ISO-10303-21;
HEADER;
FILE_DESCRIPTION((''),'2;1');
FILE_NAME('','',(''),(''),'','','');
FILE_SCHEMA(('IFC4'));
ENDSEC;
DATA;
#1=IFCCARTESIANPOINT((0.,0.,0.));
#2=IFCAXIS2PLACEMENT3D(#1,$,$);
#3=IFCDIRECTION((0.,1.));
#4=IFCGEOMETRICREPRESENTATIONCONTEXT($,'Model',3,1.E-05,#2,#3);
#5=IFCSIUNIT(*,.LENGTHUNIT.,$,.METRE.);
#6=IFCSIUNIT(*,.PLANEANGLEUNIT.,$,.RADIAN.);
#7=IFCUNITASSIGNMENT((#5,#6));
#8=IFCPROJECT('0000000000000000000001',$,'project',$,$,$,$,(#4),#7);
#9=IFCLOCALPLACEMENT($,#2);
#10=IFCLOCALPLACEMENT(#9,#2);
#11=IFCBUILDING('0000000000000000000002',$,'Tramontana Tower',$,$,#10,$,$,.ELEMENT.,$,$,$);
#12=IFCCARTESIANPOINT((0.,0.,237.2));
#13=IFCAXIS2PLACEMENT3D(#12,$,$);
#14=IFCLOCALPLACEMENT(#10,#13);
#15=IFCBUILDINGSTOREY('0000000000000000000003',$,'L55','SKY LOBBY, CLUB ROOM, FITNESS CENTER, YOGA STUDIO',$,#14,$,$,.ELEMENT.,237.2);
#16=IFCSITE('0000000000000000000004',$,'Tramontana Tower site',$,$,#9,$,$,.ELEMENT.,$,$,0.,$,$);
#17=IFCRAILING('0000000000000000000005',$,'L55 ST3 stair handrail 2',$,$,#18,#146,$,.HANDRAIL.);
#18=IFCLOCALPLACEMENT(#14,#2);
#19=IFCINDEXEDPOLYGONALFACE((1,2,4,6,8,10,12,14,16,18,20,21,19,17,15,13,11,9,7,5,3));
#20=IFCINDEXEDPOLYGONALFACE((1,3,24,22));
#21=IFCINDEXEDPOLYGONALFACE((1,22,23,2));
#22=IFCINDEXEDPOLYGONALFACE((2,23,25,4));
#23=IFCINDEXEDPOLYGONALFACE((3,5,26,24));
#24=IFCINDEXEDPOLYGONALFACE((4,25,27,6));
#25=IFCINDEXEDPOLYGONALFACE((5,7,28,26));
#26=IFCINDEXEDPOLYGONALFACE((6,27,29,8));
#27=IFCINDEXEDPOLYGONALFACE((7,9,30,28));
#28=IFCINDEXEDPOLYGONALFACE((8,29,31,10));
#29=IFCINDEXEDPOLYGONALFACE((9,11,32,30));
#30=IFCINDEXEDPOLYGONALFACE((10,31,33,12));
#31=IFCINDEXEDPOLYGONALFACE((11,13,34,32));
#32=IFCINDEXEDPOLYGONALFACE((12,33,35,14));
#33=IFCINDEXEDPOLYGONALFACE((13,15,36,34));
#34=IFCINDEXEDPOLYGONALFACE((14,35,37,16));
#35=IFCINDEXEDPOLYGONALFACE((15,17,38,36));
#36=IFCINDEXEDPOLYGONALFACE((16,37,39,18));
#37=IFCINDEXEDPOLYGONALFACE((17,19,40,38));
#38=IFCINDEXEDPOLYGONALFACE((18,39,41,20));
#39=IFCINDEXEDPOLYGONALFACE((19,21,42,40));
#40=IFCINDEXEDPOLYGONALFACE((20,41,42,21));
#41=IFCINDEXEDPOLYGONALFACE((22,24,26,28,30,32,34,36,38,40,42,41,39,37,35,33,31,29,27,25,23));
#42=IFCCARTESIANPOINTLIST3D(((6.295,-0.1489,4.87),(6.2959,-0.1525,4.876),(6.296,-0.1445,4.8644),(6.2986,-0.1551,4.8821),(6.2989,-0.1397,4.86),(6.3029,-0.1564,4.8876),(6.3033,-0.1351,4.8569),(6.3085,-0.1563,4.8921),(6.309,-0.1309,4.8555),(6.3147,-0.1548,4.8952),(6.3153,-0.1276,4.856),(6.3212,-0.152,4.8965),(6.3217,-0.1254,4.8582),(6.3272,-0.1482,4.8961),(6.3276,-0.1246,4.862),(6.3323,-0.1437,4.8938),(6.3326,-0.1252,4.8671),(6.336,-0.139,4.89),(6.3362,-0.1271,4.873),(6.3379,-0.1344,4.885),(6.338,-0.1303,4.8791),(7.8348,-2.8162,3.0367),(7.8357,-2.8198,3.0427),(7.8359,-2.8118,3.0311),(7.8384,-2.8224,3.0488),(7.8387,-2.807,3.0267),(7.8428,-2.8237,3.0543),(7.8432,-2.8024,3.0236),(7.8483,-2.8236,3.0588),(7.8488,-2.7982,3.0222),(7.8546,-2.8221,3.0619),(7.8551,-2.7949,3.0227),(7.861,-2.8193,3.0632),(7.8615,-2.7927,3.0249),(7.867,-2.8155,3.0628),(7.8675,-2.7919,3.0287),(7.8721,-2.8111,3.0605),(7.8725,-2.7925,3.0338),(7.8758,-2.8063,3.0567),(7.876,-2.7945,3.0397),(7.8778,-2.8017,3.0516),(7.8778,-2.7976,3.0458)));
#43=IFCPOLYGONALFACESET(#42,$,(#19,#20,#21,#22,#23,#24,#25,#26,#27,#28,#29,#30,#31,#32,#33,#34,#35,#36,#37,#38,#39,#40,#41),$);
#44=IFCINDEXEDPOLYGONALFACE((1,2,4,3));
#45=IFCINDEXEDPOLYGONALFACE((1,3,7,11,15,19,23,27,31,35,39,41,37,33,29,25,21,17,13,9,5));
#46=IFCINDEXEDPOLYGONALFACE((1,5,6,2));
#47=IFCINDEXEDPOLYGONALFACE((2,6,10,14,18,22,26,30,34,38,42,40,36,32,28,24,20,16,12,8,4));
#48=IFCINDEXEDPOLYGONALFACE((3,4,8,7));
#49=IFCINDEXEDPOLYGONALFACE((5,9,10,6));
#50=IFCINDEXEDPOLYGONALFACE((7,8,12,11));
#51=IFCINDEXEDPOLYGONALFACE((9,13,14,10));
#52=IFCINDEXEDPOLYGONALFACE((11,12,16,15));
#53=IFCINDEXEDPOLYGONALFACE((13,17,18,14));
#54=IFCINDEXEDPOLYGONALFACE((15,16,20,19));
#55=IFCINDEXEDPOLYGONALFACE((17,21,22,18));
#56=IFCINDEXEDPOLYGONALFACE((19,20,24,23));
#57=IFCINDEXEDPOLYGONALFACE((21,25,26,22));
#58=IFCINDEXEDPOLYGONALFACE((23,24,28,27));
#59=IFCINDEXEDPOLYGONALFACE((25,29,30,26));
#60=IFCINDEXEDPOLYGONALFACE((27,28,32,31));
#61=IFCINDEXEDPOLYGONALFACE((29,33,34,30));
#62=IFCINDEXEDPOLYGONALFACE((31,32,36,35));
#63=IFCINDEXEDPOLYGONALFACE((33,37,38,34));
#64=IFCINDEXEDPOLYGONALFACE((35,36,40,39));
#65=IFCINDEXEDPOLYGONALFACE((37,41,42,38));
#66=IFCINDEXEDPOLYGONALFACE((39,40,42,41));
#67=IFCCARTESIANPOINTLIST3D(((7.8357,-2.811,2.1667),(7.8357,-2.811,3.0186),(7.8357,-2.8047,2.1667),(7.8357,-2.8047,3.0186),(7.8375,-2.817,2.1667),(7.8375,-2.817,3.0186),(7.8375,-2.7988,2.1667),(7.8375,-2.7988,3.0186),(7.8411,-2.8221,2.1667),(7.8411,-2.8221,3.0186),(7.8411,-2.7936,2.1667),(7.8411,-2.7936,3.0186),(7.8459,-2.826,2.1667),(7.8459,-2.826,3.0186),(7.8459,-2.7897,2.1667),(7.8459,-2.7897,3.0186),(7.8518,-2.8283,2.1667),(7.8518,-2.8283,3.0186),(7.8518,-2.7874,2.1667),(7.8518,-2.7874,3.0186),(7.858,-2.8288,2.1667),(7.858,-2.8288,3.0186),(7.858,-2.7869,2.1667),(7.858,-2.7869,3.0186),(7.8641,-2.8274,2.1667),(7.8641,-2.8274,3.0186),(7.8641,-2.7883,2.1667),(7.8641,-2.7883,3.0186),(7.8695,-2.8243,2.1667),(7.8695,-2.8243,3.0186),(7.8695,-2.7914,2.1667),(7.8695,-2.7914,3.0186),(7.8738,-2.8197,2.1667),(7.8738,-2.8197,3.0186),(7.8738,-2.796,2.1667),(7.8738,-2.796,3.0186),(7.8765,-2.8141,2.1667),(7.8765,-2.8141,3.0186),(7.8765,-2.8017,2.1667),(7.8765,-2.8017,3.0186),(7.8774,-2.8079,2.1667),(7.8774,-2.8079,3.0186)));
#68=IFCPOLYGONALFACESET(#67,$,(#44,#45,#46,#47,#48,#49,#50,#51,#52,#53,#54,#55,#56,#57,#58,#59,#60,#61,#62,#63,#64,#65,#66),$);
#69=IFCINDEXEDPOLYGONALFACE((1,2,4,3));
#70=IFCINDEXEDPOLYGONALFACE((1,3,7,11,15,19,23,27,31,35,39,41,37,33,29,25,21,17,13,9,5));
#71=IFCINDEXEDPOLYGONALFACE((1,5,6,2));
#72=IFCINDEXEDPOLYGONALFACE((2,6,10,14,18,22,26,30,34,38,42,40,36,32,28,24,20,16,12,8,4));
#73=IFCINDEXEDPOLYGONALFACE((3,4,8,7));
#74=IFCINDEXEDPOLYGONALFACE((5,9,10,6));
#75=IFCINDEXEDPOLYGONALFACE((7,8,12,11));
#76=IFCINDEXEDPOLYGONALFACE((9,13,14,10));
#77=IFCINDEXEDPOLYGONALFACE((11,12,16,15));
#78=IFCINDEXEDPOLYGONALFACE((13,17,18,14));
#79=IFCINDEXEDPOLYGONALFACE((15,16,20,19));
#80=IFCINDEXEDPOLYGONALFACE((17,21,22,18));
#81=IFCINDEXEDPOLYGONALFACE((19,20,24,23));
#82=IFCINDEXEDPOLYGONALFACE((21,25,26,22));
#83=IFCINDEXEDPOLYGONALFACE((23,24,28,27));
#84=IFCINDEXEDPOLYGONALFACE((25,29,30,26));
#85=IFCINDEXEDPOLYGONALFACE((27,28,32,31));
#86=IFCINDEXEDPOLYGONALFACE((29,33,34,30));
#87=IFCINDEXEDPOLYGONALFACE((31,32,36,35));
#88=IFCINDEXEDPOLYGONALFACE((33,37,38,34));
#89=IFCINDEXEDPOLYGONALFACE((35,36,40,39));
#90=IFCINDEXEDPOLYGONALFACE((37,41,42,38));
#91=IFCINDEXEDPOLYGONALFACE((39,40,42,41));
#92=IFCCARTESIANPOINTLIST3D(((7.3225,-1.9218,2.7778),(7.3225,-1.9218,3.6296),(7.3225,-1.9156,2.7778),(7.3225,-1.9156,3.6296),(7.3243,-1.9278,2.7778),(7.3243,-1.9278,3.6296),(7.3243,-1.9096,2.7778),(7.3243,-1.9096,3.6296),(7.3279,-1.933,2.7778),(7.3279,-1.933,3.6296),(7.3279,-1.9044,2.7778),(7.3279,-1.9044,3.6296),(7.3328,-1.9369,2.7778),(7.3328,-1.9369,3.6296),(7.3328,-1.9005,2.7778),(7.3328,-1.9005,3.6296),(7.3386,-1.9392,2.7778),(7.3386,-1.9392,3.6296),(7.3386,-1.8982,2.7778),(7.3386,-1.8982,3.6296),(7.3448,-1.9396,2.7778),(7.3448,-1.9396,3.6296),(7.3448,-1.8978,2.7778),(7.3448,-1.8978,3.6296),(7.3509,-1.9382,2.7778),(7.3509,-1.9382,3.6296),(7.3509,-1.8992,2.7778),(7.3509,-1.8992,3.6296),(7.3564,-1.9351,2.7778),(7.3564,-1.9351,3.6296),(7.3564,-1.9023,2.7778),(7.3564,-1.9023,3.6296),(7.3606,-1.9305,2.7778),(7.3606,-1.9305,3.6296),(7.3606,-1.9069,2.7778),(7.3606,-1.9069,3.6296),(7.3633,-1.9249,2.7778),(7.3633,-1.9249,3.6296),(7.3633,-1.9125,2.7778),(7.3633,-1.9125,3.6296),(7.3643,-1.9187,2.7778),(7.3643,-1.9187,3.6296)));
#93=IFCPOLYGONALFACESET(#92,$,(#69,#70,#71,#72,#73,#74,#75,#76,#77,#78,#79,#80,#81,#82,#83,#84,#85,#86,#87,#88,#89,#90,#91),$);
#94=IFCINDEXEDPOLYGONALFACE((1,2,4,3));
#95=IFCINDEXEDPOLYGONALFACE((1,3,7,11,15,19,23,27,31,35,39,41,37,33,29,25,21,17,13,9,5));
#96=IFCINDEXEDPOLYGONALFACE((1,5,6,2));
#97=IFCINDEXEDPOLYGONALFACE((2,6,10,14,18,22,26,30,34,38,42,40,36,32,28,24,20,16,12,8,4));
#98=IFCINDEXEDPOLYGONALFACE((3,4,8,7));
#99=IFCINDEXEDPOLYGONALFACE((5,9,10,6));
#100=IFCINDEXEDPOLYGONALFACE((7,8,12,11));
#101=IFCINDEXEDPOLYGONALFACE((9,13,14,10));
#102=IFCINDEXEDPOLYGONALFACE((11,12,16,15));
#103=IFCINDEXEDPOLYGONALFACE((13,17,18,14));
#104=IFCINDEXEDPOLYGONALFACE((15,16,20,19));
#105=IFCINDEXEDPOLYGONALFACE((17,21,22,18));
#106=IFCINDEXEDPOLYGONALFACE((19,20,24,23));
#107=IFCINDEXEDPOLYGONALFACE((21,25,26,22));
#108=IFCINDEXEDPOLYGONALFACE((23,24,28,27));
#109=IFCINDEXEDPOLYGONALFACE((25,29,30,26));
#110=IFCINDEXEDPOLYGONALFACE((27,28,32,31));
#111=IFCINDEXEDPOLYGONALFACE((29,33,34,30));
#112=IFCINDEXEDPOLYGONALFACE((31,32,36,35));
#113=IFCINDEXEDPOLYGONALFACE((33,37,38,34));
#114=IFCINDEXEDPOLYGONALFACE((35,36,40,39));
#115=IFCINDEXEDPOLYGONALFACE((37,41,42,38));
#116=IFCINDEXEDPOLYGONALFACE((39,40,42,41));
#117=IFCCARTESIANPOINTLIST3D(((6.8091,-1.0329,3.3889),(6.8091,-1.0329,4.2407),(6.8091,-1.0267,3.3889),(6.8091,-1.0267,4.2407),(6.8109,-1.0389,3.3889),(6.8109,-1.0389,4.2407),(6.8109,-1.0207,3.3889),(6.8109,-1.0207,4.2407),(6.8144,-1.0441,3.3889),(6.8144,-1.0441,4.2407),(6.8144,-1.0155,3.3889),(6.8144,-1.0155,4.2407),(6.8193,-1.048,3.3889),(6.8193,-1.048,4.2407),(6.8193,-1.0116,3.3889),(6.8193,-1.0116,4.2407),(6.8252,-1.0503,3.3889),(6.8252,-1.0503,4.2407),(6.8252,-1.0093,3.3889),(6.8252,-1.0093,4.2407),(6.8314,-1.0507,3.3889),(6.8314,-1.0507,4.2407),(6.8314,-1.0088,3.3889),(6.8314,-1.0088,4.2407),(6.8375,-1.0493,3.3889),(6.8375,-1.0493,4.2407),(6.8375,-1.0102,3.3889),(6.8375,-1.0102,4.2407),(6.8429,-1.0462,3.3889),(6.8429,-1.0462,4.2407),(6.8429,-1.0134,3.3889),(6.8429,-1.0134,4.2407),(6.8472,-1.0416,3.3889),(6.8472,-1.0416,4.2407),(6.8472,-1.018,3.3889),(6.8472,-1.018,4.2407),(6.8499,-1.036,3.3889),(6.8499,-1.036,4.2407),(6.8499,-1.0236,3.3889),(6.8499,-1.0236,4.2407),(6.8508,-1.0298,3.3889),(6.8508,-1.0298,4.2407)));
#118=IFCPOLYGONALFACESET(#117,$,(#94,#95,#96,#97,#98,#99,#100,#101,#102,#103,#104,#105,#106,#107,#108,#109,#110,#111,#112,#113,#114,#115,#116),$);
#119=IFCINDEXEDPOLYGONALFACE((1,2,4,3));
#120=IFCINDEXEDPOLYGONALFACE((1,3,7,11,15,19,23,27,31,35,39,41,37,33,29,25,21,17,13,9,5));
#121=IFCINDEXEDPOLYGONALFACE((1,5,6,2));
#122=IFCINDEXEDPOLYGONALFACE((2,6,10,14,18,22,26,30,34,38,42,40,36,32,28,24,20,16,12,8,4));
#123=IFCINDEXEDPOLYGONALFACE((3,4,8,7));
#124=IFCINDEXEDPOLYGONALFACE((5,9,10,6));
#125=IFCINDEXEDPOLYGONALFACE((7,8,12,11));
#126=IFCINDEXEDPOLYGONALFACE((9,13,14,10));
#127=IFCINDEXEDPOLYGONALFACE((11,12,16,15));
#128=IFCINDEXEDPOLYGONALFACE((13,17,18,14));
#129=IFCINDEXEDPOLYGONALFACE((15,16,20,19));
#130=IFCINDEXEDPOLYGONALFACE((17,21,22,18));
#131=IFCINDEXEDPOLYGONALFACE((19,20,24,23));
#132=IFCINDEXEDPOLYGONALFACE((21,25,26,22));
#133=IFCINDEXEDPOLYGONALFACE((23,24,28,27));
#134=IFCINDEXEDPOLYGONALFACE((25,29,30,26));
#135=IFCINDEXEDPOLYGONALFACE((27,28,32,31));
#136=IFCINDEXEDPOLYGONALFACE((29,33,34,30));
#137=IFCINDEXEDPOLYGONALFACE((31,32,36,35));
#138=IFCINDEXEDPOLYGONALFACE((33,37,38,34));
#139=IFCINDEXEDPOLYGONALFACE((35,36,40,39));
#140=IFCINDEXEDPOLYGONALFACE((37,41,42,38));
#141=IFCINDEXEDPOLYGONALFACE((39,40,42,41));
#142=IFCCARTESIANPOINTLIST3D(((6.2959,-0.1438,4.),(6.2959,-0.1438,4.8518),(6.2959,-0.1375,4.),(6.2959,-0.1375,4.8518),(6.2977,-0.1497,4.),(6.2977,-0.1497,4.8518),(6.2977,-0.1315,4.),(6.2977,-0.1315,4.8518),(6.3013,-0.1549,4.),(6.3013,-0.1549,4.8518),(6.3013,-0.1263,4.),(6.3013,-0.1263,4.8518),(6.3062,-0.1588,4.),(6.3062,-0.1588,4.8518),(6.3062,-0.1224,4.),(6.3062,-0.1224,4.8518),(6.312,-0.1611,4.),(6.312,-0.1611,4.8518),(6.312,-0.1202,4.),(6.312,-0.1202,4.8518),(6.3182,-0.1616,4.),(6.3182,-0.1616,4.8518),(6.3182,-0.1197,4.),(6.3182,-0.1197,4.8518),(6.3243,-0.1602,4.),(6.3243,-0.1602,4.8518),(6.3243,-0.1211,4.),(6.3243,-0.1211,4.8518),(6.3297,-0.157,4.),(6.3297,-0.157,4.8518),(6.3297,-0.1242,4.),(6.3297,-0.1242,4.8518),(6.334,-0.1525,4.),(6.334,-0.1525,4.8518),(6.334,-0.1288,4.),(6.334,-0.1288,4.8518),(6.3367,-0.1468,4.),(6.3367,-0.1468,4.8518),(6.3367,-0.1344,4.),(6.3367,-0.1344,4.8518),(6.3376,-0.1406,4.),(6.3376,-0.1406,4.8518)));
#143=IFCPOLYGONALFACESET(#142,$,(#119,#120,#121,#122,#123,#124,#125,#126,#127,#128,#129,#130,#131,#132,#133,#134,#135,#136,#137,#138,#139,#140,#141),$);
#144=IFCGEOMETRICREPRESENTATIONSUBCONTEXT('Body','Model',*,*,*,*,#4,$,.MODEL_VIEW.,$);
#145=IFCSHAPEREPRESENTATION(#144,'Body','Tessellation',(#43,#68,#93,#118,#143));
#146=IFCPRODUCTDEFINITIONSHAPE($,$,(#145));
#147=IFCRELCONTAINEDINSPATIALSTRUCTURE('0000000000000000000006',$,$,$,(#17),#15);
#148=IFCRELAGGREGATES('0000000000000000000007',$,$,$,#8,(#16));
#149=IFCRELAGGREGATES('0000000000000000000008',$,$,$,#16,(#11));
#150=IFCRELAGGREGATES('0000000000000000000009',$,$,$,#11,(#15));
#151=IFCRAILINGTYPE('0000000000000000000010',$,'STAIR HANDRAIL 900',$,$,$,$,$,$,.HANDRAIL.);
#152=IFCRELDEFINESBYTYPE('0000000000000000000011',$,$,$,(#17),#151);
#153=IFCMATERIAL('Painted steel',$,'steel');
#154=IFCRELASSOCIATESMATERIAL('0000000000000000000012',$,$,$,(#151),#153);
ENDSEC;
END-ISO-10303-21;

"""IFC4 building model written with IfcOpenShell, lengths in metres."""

from ifc_helpers import new_model, si_unit, direction, frame, origin, origin_2d, place, context, subcontext, project, spatial, circle, extrude, material, type_object, element, save


model = new_model("IFC4")

# Units and contexts
model_context = context("Model", 3, precision=1e-05, world=origin(), true_north=direction((0.0, 1.0)))
body_context = subcontext(model_context, "Body", "Model", "MODEL_VIEW")
ifc_project = project(units=[si_unit("LENGTHUNIT", "METRE"), si_unit("PLANEANGLEUNIT", "RADIAN")], contexts=[model_context])

# Site, building, storey
site_placement = place(None, origin())
site = spatial("IfcSite", under=ifc_project, at=site_placement, Name="Tramontana Tower site", CompositionType="ELEMENT", RefElevation=0.0)
building_placement = place(site_placement, origin())
building = spatial("IfcBuilding", under=site, at=building_placement, Name="Tramontana Tower", CompositionType="ELEMENT")
storey_placement = place(building_placement, frame((0.0, 0.0, 237.2)))
storey = spatial("IfcBuildingStorey", under=building, at=storey_placement, Name="L55", Description="SKY LOBBY, CLUB ROOM, FITNESS CENTER, YOGA STUDIO", CompositionType="ELEMENT", Elevation=237.2)

# Railing
ifc_material_1 = material(Name="Painted steel", Category="steel")
railing_type_1 = type_object("IfcRailingType", Name="STAIR HANDRAIL 900", PredefinedType="HANDRAIL", material=ifc_material_1)
railing_1_placement = place(storey_placement, frame((7.8564, -2.8079, 2.1667)))
element("IfcRailing", 1, at=railing_1_placement, inside=storey, type_object=railing_type_1, Name="L55 ST3 stair handrail 2", PredefinedType="HANDRAIL", context=body_context, shape_type="SweptSolid", body=[
    extrude(circle(Radius=0.0239, at=origin_2d()), frame((0.0, 0.0, 0.876), z_axis=(-0.429616, 0.744181, 0.511493), x_axis=(-0.866044, -0.499967, 0.0)), (0.0, 0.0, 1.0), 3.5842),
    extrude(circle(Radius=0.021, at=origin_2d()), origin(), (0.0, 0.0, 1.0), 0.8518),
    extrude(circle(Radius=0.021, at=origin_2d()), frame((-0.5132, 0.8892, 0.6111)), (0.0, 0.0, 1.0), 0.8518),
    extrude(circle(Radius=0.021, at=origin_2d()), frame((-1.0266, 1.7781, 1.2222)), (0.0, 0.0, 1.0), 0.8518),
    extrude(circle(Radius=0.021, at=origin_2d()), frame((-1.5398, 2.6672, 1.8333)), (0.0, 0.0, 1.0), 0.8518),
])

save(model, "model.ifc")
